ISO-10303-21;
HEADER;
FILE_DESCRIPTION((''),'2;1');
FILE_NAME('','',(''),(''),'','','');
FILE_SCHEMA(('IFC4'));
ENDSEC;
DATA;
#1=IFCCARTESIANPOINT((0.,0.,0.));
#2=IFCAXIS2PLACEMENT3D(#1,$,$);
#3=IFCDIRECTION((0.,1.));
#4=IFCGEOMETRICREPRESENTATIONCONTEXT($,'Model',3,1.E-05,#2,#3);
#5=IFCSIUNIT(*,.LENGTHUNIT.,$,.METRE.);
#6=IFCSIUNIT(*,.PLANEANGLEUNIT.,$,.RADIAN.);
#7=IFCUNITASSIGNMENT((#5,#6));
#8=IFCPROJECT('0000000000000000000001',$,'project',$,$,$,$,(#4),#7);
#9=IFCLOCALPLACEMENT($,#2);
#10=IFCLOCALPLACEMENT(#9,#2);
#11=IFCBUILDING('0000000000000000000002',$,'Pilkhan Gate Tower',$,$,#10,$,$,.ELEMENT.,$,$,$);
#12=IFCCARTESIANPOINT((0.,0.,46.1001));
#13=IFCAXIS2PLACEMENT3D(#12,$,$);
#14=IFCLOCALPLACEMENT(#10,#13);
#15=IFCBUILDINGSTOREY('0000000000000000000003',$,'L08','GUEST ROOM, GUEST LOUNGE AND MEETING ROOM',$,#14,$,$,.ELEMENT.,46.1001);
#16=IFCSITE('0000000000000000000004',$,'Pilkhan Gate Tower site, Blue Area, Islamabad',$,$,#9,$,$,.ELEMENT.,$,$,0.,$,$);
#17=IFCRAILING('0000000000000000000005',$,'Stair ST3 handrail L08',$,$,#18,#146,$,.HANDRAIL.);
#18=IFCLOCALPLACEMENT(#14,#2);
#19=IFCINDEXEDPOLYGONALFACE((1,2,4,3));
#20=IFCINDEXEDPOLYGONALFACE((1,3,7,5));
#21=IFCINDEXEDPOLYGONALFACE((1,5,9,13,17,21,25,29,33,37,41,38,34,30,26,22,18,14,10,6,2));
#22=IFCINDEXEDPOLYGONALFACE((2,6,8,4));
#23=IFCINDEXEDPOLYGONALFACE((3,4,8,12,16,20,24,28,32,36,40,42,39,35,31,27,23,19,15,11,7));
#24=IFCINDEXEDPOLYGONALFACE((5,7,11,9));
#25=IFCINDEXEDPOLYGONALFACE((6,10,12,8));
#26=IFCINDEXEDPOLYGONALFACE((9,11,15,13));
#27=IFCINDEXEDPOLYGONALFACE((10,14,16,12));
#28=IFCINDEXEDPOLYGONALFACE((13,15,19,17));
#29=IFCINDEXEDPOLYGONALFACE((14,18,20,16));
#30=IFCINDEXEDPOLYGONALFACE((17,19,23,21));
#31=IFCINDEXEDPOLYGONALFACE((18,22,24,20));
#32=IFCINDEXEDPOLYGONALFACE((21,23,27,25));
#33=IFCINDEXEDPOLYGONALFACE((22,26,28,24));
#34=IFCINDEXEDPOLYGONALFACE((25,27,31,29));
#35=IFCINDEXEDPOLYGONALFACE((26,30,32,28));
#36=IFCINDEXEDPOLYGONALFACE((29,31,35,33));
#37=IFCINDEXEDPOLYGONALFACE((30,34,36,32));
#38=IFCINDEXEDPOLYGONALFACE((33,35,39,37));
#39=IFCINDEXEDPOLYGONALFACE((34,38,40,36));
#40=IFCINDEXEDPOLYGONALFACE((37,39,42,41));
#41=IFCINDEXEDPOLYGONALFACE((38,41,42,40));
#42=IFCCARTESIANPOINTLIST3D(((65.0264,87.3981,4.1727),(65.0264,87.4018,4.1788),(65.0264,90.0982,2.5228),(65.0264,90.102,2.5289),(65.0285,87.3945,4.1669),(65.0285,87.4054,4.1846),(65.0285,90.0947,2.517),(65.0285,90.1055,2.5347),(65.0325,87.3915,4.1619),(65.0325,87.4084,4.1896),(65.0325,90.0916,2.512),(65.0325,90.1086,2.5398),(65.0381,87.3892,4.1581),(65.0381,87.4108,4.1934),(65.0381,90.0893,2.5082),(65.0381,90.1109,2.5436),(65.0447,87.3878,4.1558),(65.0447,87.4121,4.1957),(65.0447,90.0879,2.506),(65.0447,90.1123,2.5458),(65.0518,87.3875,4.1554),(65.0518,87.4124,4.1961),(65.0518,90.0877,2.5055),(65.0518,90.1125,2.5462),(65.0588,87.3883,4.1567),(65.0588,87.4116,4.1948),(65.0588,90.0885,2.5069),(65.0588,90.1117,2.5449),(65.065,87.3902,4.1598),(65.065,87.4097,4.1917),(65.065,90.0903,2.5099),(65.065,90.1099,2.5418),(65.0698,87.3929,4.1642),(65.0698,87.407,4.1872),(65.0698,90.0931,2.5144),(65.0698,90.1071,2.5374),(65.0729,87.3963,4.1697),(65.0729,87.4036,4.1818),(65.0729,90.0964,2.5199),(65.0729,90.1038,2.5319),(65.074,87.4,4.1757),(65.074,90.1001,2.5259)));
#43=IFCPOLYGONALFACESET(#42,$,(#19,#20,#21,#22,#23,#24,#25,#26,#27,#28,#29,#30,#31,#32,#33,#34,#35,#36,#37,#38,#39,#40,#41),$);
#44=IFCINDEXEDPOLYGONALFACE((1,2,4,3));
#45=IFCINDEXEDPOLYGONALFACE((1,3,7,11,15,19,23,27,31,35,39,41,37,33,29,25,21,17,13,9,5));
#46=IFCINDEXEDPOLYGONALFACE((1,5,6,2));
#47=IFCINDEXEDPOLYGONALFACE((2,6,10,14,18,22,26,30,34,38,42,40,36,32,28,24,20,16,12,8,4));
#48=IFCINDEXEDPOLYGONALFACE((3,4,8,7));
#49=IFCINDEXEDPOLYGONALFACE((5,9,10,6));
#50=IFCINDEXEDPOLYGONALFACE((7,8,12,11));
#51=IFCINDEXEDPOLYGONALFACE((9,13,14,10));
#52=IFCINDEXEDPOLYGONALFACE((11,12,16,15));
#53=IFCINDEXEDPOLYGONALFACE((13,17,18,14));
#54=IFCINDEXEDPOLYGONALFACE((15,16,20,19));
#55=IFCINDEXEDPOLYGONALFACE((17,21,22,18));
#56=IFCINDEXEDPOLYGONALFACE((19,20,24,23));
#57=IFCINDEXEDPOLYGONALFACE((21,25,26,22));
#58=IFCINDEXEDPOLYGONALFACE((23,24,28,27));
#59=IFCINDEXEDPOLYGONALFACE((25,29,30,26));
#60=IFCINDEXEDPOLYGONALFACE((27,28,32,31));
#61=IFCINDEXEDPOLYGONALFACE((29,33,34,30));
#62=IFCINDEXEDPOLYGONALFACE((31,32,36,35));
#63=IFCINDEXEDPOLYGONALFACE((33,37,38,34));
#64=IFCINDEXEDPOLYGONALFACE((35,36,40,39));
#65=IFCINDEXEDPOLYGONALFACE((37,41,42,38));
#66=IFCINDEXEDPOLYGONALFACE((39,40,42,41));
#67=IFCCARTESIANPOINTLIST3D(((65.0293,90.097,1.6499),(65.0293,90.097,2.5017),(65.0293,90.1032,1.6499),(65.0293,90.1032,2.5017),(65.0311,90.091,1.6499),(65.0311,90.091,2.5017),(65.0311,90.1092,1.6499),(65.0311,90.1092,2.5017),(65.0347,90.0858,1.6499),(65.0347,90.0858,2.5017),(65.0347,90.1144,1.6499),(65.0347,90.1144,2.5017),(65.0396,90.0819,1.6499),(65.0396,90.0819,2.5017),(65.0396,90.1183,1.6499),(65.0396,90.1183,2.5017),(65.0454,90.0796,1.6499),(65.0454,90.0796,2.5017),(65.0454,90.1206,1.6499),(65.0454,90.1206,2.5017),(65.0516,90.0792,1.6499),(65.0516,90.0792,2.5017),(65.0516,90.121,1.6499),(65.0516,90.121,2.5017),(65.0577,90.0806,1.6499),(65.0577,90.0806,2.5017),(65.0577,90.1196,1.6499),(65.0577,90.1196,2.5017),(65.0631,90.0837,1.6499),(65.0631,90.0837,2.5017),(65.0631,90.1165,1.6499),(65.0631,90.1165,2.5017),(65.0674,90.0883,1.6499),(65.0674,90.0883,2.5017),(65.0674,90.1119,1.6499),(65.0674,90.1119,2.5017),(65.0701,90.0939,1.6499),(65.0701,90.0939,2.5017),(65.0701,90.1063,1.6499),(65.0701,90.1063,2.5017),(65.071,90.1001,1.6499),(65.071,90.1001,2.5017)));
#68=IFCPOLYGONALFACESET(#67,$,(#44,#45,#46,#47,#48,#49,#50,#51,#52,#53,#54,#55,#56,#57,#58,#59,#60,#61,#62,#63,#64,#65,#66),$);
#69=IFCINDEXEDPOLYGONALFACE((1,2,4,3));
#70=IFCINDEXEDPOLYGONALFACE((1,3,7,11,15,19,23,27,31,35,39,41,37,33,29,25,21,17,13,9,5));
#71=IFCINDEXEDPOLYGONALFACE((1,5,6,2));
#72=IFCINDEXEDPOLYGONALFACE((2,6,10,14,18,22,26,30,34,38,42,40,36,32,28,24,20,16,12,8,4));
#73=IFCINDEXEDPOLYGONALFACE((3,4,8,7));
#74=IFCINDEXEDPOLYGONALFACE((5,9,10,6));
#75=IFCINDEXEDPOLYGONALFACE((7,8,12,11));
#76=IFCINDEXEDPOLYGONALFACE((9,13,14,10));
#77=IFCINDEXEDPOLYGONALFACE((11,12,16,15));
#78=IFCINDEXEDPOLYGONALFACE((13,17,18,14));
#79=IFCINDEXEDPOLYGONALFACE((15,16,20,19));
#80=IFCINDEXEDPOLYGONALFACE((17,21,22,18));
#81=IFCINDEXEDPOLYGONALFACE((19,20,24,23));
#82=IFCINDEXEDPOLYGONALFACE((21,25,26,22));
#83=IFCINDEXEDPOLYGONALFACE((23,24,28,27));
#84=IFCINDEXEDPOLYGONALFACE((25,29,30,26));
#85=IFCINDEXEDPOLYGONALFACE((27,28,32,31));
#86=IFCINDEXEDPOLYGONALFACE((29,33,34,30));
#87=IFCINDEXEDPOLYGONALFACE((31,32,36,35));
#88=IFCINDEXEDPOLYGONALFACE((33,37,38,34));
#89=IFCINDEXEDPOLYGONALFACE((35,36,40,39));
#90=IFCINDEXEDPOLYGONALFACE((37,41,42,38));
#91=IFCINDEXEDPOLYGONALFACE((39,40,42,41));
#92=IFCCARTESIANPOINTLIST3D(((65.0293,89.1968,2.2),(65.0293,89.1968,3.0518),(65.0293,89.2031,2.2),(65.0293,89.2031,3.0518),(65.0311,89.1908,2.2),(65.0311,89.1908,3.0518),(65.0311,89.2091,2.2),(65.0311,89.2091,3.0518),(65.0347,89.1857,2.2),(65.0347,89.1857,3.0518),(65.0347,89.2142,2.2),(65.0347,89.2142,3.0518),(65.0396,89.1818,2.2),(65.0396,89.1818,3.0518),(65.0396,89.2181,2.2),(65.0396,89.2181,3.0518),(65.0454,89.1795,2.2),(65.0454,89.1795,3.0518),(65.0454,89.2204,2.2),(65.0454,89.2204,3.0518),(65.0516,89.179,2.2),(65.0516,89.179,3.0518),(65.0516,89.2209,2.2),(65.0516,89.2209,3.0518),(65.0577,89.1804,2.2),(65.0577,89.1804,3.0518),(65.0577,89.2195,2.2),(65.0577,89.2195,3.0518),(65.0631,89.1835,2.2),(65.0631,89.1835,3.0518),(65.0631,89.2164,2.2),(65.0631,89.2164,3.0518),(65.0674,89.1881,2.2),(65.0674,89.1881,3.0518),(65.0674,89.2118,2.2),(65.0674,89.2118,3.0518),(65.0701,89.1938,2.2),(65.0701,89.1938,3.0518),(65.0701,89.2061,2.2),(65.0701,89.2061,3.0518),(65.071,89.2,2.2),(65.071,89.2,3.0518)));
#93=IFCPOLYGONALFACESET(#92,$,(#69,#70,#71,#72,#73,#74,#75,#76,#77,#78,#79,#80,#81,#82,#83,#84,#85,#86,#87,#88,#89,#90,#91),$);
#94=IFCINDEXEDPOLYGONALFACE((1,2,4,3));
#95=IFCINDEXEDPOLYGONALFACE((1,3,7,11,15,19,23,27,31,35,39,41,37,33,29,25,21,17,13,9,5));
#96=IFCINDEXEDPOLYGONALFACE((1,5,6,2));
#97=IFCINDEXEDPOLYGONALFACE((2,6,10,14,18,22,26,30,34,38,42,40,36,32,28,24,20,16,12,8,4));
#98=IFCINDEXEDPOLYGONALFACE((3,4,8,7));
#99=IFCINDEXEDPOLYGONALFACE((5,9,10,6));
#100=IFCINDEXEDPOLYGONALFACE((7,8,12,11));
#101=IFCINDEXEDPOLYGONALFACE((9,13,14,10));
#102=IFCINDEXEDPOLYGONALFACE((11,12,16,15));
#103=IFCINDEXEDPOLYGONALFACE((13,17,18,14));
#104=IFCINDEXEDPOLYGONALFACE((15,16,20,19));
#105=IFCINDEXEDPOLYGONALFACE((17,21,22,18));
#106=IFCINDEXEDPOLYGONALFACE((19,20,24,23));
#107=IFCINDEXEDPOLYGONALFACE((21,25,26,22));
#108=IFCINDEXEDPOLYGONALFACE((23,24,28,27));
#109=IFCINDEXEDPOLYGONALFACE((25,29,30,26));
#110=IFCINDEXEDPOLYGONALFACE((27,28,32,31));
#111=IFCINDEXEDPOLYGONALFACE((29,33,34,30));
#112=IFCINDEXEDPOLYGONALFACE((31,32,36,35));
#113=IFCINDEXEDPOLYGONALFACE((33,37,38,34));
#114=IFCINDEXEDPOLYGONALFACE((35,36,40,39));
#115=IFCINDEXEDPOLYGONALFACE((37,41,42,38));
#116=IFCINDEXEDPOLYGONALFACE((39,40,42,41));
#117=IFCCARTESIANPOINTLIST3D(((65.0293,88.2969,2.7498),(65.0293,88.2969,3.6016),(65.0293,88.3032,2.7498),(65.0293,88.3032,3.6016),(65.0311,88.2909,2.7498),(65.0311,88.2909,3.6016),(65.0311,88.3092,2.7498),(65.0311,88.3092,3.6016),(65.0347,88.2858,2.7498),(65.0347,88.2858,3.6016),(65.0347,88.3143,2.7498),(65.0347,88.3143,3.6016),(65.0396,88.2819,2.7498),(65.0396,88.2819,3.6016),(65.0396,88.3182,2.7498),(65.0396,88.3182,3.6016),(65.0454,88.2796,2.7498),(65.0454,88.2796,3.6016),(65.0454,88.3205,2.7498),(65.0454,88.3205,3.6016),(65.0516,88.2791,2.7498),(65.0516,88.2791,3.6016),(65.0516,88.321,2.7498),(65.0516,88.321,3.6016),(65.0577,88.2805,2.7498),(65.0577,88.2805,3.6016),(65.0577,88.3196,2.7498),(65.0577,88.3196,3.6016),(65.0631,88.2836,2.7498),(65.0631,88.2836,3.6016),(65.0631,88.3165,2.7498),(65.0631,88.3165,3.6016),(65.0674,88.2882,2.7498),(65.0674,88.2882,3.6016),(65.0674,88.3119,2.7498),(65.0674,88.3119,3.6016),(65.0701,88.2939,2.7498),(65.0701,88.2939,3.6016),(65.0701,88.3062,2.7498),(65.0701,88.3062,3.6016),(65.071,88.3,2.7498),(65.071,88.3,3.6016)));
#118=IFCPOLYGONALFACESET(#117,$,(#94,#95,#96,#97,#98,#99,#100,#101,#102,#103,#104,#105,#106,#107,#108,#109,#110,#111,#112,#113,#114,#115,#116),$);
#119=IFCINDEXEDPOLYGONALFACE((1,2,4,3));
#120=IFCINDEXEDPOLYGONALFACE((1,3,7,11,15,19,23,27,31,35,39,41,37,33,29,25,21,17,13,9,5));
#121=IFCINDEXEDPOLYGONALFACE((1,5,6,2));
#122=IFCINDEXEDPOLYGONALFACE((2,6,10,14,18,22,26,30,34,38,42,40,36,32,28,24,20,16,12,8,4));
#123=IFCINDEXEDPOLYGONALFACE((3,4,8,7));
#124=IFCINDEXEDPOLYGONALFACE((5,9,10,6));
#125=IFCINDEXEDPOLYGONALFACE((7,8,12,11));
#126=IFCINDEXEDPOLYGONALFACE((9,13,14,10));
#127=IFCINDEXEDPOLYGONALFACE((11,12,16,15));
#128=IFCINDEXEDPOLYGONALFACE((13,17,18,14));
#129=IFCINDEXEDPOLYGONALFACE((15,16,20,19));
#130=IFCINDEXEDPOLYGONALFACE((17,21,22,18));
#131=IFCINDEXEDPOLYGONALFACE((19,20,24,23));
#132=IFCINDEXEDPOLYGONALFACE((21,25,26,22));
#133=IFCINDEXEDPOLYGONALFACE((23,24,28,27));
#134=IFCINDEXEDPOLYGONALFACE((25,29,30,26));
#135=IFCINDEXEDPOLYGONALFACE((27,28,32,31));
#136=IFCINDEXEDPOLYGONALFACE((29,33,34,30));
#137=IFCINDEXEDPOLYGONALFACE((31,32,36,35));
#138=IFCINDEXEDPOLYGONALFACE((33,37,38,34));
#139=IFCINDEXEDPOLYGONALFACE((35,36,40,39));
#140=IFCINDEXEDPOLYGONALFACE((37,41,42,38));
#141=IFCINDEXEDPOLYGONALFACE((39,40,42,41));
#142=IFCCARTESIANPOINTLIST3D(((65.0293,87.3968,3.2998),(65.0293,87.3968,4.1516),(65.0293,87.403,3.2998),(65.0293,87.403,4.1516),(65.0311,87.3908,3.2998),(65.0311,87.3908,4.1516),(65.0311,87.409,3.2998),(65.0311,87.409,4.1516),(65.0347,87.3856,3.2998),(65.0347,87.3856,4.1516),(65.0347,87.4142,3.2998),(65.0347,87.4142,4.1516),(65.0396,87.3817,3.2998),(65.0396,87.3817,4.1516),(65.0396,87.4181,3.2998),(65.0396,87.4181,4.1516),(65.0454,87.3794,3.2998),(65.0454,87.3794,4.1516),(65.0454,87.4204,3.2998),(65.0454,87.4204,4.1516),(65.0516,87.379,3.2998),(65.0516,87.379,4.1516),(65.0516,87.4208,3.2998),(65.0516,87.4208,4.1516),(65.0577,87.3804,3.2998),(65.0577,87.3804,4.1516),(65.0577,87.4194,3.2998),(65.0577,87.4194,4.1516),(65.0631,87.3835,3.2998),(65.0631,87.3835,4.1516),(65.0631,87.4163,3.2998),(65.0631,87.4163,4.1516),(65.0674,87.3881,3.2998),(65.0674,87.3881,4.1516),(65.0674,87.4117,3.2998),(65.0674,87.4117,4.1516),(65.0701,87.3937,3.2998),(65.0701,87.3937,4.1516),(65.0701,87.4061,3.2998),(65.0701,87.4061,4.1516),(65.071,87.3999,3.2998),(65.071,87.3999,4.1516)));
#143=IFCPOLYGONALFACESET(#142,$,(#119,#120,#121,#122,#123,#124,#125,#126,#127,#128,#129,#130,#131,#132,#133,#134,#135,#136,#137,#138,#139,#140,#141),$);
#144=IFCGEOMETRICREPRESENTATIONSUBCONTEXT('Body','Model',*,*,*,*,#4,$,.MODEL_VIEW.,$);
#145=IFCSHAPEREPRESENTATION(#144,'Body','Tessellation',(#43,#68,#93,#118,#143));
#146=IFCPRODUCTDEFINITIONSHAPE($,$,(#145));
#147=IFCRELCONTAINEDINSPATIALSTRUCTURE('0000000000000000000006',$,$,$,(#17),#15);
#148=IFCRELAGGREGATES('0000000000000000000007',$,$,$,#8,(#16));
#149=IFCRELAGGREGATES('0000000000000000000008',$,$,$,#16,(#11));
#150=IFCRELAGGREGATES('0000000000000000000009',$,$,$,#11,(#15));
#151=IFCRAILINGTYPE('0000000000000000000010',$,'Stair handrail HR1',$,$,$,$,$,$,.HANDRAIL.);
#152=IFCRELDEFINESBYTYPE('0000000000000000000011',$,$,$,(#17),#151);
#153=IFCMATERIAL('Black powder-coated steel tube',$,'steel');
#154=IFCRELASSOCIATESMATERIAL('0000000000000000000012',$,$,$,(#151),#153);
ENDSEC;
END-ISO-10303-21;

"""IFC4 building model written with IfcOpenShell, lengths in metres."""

from ifc_helpers import new_model, si_unit, direction, frame, origin, origin_2d, place, context, subcontext, project, spatial, circle, extrude, material, type_object, element, save


model = new_model("IFC4")

# Units and contexts
model_context = context("Model", 3, precision=1e-05, world=origin(), true_north=direction((0.0, 1.0)))
body_context = subcontext(model_context, "Body", "Model", "MODEL_VIEW")
ifc_project = project(units=[si_unit("LENGTHUNIT", "METRE"), si_unit("PLANEANGLEUNIT", "RADIAN")], contexts=[model_context])

# Site, building, storey
site_placement = place(None, origin())
site = spatial("IfcSite", under=ifc_project, at=site_placement, Name="Pilkhan Gate Tower site, Blue Area, Islamabad", CompositionType="ELEMENT", RefElevation=0.0)
building_placement = place(site_placement, origin())
building = spatial("IfcBuilding", under=site, at=building_placement, Name="Pilkhan Gate Tower", CompositionType="ELEMENT")
storey_placement = place(building_placement, frame((0.0, 0.0, 46.1001)))
storey = spatial("IfcBuildingStorey", under=building, at=storey_placement, Name="L08", Description="GUEST ROOM, GUEST LOUNGE AND MEETING ROOM", CompositionType="ELEMENT", Elevation=46.1001)

# Railing
ifc_material_1 = material(Name="Black powder-coated steel tube", Category="steel")
railing_type = type_object("IfcRailingType", Name="Stair handrail HR1", PredefinedType="HANDRAIL", material=ifc_material_1)
railing_placement = place(storey_placement, frame((65.05, 90.1001, 1.6499)))
element("IfcRailing", 1, at=railing_placement, inside=storey, type_object=railing_type, Name="Stair ST3 handrail L08", PredefinedType="HANDRAIL", context=body_context, shape_type="SweptSolid", body=[
    extrude(circle(Radius=0.0239, at=origin_2d()), frame((0.0, 0.0, 0.876), z_axis=(0.0, -0.853312, 0.5214), x_axis=(1.0, 0.0, 0.0)), (0.0, 0.0, 1.0), 3.1643),
    extrude(circle(Radius=0.021, at=origin_2d()), origin(), (0.0, 0.0, 1.0), 0.8518),
    extrude(circle(Radius=0.021, at=origin_2d()), frame((0.0, -0.9001, 0.55)), (0.0, 0.0, 1.0), 0.8518),
    extrude(circle(Radius=0.021, at=origin_2d()), frame((0.0, -1.8, 1.0999)), (0.0, 0.0, 1.0), 0.8518),
    extrude(circle(Radius=0.021, at=origin_2d()), frame((0.0, -2.7002, 1.6499)), (0.0, 0.0, 1.0), 0.8518),
])

save(model, "model.ifc")
